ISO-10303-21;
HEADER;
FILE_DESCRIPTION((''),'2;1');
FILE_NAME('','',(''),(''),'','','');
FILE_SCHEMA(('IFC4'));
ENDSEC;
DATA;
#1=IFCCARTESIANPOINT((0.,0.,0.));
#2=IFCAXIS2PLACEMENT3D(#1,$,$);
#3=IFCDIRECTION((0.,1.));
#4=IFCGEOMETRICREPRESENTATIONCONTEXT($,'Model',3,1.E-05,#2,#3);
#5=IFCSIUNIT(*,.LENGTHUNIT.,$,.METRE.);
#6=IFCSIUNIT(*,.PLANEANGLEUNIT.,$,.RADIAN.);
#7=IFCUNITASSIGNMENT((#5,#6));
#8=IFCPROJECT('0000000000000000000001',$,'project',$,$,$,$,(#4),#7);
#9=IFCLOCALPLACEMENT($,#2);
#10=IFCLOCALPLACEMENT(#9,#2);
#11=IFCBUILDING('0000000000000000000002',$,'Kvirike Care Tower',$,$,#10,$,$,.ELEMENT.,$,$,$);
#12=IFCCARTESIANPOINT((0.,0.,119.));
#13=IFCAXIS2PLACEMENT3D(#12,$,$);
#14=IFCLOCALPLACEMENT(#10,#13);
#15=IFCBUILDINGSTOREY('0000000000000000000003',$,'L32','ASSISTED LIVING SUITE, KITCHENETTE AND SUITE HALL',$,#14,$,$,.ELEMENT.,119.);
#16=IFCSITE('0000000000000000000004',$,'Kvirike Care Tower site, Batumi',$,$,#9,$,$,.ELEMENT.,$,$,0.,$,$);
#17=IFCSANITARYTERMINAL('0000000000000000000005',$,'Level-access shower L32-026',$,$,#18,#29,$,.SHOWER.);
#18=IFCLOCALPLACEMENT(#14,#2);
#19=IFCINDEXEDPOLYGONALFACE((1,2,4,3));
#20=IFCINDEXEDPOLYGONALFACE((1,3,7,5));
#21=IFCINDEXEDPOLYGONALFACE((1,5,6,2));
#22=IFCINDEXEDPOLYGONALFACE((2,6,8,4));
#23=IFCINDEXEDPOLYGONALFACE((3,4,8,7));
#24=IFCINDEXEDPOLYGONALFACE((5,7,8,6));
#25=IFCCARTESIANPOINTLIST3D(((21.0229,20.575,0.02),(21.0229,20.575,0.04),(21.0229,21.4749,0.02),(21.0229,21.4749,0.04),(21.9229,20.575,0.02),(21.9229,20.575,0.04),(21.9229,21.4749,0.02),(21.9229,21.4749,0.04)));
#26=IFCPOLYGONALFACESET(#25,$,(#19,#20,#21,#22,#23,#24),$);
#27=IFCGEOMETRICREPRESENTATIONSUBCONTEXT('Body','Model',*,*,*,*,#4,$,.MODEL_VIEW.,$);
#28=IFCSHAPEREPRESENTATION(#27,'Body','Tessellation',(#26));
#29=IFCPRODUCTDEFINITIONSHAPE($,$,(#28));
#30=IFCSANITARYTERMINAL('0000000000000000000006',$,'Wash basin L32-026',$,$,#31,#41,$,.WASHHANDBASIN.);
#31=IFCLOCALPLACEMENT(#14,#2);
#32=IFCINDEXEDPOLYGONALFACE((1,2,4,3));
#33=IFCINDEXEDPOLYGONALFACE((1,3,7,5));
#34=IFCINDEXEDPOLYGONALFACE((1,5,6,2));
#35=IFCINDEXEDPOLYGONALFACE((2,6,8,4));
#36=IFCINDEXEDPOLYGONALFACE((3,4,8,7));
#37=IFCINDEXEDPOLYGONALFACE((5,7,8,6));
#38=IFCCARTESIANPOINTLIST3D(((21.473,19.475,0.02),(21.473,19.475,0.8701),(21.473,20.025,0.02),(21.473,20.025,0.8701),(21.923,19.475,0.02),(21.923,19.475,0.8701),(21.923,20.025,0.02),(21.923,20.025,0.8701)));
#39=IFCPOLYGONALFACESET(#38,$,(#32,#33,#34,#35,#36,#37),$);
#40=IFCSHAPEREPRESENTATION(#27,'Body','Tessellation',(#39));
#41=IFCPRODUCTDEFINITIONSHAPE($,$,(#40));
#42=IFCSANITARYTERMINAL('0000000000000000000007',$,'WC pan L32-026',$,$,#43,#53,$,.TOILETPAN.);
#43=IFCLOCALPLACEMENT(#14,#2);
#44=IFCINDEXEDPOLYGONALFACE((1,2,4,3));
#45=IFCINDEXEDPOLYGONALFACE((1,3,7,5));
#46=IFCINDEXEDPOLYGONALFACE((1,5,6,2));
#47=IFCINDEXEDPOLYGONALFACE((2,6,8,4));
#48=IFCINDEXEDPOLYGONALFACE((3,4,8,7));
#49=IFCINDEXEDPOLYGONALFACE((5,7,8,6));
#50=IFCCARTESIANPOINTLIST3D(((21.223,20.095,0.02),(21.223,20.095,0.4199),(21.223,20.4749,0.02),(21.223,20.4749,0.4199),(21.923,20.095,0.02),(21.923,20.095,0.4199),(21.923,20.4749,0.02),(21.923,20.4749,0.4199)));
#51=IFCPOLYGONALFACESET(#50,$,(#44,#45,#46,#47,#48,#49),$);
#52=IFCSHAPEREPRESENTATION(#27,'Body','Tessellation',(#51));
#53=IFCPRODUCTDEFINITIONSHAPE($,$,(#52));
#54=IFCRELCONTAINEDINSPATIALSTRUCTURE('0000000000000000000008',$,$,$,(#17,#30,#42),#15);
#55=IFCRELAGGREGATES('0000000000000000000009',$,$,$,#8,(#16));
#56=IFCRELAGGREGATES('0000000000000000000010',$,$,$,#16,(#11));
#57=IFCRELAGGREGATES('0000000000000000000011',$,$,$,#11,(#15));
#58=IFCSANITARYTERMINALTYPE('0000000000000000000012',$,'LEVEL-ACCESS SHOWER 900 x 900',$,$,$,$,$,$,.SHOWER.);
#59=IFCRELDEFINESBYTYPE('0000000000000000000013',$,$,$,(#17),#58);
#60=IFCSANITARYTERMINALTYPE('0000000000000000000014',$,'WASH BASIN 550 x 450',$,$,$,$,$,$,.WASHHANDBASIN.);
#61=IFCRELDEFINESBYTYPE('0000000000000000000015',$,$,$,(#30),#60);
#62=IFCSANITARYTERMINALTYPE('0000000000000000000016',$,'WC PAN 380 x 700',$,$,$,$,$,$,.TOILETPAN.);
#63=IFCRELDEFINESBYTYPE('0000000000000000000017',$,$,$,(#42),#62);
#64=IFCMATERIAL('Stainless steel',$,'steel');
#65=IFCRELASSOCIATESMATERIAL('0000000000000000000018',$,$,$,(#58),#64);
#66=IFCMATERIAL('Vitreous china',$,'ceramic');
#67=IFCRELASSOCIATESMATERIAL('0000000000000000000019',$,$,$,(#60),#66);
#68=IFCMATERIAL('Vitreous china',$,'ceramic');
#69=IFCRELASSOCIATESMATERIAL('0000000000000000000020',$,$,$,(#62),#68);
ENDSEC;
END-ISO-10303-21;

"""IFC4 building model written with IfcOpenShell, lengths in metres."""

from ifc_helpers import new_model, si_unit, direction, frame, origin, origin_2d, place, context, subcontext, project, spatial, rectangle, extrude, material, type_object, element, save


model = new_model("IFC4")

# Units and contexts
model_context = context("Model", 3, precision=1e-05, world=origin(), true_north=direction((0.0, 1.0)))
body_context = subcontext(model_context, "Body", "Model", "MODEL_VIEW")
ifc_project = project(units=[si_unit("LENGTHUNIT", "METRE"), si_unit("PLANEANGLEUNIT", "RADIAN")], contexts=[model_context])

# Site, building, storey
site_placement = place(None, origin())
site = spatial("IfcSite", under=ifc_project, at=site_placement, Name="Kvirike Care Tower site, Batumi", CompositionType="ELEMENT", RefElevation=0.0)
building_placement = place(site_placement, origin())
building = spatial("IfcBuilding", under=site, at=building_placement, Name="Kvirike Care Tower", CompositionType="ELEMENT")
storey_placement = place(building_placement, frame((0.0, 0.0, 119.0)))
storey = spatial("IfcBuildingStorey", under=building, at=storey_placement, Name="L32", Description="ASSISTED LIVING SUITE, KITCHENETTE AND SUITE HALL", CompositionType="ELEMENT", Elevation=119.0)

# Sanitary terminals
ifc_material_1 = material(Name="Stainless steel", Category="steel")
sanitary_terminal_type_1 = type_object("IfcSanitaryTerminalType", Name="LEVEL-ACCESS SHOWER 900 x 900", PredefinedType="SHOWER", material=ifc_material_1)
sanitary_terminal_1_placement = place(storey_placement, frame((21.4729, 21.0249, 0.02), z_axis=(0.0, 0.0, 1.0), x_axis=(0.0, -1.0, 0.0)))
element("IfcSanitaryTerminal", 1, at=sanitary_terminal_1_placement, inside=storey, type_object=sanitary_terminal_type_1, Name="Level-access shower L32-026", PredefinedType="SHOWER", context=body_context, shape_type="SweptSolid", body=[
    extrude(rectangle(XDim=0.8999, YDim=0.8999, at=origin_2d()), origin(), (0.0, 0.0, 1.0), 0.02),
])
ifc_material_2 = material(Name="Vitreous china", Category="ceramic")
sanitary_terminal_type_2 = type_object("IfcSanitaryTerminalType", Name="WASH BASIN 550 x 450", PredefinedType="WASHHANDBASIN", material=ifc_material_2)
sanitary_terminal_2_placement = place(storey_placement, frame((21.698, 19.75, 0.02), z_axis=(0.0, 0.0, 1.0), x_axis=(0.0, -1.0, 0.0)))
element("IfcSanitaryTerminal", 2, at=sanitary_terminal_2_placement, inside=storey, type_object=sanitary_terminal_type_2, Name="Wash basin L32-026", PredefinedType="WASHHANDBASIN", context=body_context, shape_type="SweptSolid", body=[
    extrude(rectangle(XDim=0.55, YDim=0.45, at=origin_2d()), origin(), (0.0, 0.0, 1.0), 0.8501),
])
ifc_material_3 = material(Name="Vitreous china", Category="ceramic")
sanitary_terminal_type_3 = type_object("IfcSanitaryTerminalType", Name="WC PAN 380 x 700", PredefinedType="TOILETPAN", material=ifc_material_3)
sanitary_terminal_3_placement = place(storey_placement, frame((21.573, 20.2849, 0.02), z_axis=(0.0, 0.0, 1.0), x_axis=(0.0, -1.0, 0.0)))
element("IfcSanitaryTerminal", 3, at=sanitary_terminal_3_placement, inside=storey, type_object=sanitary_terminal_type_3, Name="WC pan L32-026", PredefinedType="TOILETPAN", context=body_context, shape_type="SweptSolid", body=[
    extrude(rectangle(XDim=0.3799, YDim=0.7, at=origin_2d()), origin(), (0.0, 0.0, 1.0), 0.3999),
])

save(model, "model.ifc")
